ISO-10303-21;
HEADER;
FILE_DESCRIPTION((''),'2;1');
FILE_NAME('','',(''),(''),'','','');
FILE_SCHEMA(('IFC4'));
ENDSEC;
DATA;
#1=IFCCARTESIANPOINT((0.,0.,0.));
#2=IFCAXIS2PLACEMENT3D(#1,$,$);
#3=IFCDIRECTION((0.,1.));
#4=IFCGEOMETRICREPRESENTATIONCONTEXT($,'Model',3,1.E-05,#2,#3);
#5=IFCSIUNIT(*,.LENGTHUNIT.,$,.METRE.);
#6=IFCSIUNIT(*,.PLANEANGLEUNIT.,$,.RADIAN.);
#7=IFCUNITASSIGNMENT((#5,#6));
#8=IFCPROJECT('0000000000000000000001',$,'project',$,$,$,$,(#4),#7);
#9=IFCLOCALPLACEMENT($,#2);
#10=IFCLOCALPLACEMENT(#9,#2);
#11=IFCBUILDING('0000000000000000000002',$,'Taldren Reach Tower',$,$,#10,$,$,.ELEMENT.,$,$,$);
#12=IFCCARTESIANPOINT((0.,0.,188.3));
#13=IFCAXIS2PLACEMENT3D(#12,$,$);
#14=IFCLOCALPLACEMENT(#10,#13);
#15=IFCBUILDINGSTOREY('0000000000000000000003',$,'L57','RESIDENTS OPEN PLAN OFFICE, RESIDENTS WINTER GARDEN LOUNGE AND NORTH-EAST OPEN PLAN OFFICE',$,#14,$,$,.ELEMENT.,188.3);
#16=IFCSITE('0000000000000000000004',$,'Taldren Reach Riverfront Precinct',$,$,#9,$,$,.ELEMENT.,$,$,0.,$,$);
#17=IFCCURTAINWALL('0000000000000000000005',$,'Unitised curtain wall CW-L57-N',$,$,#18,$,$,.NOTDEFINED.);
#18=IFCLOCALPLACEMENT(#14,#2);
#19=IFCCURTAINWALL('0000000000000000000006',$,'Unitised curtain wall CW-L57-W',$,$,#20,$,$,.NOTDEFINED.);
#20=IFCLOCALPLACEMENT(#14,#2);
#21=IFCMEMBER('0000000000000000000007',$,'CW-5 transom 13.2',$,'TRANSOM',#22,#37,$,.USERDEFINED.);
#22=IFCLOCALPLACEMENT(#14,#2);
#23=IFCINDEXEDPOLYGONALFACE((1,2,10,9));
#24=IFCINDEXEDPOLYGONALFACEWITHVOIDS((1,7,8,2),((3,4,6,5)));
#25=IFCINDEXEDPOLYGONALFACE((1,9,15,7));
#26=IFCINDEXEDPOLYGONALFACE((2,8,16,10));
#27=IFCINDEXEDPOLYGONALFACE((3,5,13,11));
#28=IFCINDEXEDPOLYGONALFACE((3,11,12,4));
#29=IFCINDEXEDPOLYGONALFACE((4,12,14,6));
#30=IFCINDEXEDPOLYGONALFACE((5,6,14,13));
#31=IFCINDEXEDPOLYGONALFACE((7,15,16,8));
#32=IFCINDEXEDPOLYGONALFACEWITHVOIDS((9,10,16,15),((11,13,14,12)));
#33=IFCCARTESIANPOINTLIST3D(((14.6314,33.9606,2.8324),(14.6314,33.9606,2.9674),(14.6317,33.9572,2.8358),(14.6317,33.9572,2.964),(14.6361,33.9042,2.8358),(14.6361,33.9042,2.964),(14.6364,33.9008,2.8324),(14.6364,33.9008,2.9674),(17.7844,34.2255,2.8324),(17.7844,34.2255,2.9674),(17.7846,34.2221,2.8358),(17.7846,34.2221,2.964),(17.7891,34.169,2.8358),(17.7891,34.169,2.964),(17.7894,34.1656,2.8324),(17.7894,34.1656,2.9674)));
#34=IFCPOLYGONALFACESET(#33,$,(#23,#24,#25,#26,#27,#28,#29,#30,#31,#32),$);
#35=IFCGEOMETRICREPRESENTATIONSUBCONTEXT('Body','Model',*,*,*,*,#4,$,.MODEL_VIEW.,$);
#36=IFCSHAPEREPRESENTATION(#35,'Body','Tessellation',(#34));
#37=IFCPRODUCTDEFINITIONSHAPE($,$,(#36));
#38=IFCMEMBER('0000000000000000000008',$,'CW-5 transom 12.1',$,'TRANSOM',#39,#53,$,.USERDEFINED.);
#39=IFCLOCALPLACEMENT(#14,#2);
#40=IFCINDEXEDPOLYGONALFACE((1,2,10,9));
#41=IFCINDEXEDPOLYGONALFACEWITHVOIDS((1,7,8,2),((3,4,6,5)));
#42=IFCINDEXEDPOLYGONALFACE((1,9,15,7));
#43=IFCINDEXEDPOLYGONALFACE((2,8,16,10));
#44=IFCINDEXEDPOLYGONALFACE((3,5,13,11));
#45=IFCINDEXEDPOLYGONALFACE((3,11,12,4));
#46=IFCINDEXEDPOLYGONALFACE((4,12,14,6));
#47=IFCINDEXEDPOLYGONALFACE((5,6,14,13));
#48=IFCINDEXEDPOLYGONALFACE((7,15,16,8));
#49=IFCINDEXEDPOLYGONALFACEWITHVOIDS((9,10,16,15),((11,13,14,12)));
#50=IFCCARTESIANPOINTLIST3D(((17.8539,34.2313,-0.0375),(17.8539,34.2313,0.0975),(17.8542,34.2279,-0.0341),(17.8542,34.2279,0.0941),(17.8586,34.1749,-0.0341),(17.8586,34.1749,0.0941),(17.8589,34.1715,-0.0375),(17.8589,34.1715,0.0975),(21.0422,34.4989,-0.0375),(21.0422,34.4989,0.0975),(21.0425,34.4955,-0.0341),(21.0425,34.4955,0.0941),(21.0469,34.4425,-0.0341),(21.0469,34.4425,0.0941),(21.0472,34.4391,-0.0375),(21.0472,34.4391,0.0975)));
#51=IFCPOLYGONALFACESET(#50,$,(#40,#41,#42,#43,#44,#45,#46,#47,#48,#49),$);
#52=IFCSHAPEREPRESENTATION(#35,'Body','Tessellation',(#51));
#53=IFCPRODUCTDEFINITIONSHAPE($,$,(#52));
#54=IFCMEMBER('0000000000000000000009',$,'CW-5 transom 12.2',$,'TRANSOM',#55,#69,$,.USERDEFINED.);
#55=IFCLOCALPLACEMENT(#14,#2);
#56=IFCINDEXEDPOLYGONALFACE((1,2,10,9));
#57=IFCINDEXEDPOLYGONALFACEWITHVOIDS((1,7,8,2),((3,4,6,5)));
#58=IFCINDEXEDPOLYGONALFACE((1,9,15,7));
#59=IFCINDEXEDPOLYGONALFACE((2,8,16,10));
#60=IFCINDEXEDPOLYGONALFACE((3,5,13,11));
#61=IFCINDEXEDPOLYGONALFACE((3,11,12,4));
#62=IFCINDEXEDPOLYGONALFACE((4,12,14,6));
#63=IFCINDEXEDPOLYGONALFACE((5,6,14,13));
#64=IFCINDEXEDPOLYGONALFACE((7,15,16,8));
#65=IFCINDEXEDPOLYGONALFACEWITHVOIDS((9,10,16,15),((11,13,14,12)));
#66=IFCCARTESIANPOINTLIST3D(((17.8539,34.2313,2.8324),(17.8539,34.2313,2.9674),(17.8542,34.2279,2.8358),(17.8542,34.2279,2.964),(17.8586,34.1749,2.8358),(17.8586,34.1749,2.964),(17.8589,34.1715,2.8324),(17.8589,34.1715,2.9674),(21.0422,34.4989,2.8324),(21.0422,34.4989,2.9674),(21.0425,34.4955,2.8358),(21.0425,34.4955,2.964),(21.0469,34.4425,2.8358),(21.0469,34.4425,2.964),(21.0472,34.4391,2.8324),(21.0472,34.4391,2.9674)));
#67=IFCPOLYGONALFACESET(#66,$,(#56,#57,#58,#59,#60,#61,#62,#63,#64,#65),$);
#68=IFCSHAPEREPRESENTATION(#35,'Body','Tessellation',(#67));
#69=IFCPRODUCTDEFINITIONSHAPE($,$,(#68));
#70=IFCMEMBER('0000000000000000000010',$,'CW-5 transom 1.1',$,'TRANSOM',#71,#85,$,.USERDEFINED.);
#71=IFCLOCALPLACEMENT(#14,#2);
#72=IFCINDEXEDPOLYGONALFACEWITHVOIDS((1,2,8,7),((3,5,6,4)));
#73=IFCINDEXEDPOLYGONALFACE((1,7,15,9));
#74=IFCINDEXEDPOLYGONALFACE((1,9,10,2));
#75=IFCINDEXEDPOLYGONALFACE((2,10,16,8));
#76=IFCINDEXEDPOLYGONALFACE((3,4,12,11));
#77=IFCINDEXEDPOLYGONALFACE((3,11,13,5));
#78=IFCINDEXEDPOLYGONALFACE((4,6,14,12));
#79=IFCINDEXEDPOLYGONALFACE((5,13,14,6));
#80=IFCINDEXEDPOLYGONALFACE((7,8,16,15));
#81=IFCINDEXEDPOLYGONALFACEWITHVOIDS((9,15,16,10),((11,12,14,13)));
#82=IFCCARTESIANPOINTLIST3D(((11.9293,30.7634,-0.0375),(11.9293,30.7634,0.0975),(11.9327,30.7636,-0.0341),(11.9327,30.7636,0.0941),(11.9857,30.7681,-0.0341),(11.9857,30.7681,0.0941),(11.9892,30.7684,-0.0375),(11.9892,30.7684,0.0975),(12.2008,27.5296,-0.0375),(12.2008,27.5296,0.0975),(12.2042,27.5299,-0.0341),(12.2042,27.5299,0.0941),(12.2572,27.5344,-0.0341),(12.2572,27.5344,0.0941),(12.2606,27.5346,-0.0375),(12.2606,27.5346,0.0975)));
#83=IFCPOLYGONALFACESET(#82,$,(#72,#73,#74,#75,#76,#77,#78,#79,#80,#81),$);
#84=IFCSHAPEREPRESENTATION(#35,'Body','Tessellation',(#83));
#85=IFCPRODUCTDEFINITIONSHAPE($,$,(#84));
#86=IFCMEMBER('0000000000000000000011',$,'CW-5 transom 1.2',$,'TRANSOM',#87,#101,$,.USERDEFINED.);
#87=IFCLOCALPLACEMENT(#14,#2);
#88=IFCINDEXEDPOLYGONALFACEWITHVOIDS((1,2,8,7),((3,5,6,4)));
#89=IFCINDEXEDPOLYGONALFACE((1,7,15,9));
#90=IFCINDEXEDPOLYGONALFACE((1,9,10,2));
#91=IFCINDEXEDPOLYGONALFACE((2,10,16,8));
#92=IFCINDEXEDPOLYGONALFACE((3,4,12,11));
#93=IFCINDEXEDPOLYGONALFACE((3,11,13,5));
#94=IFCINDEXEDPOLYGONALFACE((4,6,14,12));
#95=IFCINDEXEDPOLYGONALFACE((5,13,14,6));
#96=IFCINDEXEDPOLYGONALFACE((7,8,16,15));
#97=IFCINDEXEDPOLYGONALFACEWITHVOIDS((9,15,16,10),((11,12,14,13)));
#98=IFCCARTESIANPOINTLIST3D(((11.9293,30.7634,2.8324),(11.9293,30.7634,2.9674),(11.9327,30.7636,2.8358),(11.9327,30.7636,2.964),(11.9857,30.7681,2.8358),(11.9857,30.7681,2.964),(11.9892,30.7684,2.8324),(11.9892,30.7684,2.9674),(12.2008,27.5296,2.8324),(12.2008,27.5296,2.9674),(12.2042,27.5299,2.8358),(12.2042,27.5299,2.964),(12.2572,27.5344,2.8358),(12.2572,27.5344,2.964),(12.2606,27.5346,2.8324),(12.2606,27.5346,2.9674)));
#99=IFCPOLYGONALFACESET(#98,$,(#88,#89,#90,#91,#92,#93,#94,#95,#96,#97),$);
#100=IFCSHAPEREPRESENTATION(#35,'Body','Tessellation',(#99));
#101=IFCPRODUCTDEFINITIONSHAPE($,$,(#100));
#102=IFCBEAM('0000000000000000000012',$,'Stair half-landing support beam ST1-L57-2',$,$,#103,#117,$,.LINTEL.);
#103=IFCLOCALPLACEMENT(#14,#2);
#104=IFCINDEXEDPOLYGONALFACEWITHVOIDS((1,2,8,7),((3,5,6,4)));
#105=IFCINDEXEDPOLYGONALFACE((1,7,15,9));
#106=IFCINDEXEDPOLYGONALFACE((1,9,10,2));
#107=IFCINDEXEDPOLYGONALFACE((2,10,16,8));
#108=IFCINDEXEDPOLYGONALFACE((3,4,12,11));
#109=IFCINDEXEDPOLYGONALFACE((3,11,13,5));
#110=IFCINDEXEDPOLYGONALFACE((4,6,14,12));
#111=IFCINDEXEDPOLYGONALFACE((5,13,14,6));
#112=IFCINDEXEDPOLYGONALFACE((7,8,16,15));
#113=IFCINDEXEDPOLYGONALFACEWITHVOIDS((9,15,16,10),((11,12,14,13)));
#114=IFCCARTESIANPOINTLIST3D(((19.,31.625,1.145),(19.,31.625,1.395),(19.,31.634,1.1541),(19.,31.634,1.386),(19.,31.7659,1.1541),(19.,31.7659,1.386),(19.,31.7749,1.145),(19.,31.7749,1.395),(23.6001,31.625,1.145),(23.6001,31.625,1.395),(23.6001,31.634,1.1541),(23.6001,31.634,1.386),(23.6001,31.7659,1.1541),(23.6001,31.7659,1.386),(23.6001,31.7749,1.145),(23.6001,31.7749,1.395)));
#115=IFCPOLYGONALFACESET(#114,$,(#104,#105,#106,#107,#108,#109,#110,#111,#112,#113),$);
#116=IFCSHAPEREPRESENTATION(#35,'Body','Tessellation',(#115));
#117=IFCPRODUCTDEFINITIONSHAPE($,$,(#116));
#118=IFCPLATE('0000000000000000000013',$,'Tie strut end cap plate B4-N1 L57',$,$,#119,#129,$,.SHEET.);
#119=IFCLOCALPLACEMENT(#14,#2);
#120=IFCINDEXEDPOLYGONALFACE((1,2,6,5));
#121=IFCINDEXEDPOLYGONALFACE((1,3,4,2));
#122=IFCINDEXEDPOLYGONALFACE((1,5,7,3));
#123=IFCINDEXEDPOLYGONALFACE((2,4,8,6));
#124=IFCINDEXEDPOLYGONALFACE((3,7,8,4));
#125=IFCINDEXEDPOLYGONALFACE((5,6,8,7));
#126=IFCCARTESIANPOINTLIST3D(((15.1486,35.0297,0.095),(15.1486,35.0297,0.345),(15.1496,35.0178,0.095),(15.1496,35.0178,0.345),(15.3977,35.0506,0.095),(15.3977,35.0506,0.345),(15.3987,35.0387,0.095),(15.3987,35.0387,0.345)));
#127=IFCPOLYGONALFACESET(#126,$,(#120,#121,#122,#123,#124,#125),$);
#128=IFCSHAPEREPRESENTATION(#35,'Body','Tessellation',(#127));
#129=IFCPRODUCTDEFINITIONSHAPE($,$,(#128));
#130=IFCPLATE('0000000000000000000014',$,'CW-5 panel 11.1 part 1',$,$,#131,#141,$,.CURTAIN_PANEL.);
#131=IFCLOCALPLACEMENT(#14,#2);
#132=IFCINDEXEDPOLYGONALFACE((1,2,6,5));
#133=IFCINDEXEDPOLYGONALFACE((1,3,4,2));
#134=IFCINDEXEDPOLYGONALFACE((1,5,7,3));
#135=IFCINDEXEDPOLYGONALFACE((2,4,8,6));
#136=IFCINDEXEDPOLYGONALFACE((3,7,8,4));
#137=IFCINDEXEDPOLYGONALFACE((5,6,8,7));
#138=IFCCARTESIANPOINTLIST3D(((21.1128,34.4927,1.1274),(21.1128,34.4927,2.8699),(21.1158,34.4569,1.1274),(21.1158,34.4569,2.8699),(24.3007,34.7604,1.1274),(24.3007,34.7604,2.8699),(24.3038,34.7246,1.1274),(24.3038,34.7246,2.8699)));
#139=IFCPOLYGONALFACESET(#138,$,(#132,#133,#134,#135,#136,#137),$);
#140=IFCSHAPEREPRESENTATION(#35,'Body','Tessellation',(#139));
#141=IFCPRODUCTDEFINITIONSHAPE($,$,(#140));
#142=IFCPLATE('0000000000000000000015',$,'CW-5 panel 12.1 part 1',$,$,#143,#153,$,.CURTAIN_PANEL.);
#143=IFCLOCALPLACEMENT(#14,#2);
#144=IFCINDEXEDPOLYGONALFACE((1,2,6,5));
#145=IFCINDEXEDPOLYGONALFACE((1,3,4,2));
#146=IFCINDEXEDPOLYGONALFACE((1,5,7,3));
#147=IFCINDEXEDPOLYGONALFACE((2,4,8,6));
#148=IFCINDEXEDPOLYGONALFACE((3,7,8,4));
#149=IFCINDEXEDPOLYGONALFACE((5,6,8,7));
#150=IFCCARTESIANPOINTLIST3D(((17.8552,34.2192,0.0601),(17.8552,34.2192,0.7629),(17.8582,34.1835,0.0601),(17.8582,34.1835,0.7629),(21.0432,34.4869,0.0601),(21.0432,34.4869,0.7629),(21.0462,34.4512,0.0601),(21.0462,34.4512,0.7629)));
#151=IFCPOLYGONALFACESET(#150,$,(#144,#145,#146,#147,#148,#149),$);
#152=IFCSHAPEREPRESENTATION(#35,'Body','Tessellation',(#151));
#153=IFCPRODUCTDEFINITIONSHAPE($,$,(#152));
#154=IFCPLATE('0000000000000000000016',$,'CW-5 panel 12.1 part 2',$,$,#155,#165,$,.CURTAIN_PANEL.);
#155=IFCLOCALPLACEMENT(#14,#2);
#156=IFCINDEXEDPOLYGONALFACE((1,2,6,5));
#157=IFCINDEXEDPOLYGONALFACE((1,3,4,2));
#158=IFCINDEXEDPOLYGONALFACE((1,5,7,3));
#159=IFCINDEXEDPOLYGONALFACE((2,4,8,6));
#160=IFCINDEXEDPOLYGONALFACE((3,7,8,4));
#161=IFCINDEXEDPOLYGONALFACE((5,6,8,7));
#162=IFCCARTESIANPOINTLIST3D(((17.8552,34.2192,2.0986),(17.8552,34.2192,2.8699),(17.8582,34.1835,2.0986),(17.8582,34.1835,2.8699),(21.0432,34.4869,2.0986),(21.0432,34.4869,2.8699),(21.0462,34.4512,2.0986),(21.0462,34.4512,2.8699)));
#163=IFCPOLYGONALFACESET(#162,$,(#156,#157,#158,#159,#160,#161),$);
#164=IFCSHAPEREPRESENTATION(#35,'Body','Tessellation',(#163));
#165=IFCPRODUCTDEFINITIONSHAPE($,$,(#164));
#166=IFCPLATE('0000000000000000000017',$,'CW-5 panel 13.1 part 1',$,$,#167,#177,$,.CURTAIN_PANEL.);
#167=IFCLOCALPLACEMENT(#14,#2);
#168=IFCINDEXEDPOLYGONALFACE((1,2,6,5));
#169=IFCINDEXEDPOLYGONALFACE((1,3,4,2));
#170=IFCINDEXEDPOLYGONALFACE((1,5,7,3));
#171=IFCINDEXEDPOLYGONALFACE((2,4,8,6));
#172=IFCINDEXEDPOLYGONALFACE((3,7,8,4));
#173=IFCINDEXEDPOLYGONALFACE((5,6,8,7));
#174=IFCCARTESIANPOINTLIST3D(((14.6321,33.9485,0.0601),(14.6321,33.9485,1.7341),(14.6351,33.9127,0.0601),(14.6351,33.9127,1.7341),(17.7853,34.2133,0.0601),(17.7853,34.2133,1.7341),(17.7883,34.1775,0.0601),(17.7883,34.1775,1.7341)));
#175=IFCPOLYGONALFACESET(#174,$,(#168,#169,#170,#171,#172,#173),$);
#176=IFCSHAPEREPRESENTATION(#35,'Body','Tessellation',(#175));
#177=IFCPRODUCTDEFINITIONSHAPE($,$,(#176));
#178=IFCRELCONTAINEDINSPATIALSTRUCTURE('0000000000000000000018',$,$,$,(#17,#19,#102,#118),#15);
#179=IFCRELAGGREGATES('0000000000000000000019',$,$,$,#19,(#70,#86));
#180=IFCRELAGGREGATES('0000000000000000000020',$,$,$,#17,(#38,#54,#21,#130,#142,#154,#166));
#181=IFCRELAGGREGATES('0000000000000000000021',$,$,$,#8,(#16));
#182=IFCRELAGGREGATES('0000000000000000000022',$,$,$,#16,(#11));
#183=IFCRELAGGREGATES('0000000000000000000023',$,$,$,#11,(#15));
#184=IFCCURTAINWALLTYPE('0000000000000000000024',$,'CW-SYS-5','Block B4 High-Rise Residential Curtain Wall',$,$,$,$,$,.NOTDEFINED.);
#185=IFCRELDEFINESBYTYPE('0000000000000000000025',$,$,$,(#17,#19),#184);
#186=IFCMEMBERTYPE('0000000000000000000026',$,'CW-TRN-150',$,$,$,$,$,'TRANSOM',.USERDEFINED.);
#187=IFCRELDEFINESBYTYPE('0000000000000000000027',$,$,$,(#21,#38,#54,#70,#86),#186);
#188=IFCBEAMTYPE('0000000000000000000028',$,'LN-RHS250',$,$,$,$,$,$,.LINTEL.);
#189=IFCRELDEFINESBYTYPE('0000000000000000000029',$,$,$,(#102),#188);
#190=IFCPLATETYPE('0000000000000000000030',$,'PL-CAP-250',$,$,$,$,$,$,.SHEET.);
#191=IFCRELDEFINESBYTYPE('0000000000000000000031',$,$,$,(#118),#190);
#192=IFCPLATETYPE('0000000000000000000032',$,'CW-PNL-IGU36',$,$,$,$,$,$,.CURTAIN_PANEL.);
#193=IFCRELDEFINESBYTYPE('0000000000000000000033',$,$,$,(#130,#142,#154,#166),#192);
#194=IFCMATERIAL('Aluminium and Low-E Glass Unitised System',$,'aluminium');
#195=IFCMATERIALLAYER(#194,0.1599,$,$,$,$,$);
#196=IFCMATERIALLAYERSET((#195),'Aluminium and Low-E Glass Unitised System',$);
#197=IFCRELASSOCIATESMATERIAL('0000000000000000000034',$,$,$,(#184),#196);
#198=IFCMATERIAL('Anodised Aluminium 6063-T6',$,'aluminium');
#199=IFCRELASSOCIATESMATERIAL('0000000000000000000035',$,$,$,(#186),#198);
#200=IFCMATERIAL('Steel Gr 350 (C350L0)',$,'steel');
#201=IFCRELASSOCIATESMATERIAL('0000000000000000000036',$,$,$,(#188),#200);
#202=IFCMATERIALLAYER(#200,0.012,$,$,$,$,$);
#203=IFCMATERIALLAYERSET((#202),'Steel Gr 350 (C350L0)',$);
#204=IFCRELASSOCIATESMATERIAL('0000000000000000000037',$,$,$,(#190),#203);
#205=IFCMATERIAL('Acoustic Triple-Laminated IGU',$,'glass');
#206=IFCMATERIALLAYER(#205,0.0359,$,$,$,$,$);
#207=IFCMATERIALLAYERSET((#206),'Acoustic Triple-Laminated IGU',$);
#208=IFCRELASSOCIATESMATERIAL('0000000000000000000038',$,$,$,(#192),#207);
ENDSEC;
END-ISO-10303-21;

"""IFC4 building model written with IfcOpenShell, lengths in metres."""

from ifc_helpers import new_model, si_unit, direction, frame, origin, origin_2d, place, context, subcontext, project, spatial, rectangle, hollow_rectangle, extrude, source, transform, mapped, material, layer, layer_set, material_profile, profile_set, type_object, element, aggregate, save


model = new_model("IFC4")

# Units and contexts
model_context = context("Model", 3, precision=1e-05, world=origin(), true_north=direction((0.0, 1.0)))
body_context = subcontext(model_context, "Body", "Model", "MODEL_VIEW")
ifc_project = project(units=[si_unit("LENGTHUNIT", "METRE"), si_unit("PLANEANGLEUNIT", "RADIAN")], contexts=[model_context])

# Site, building, storey
site_placement = place(None, origin())
site = spatial("IfcSite", under=ifc_project, at=site_placement, Name="Taldren Reach Riverfront Precinct", CompositionType="ELEMENT", RefElevation=0.0)
building_placement = place(site_placement, origin())
building = spatial("IfcBuilding", under=site, at=building_placement, Name="Taldren Reach Tower", CompositionType="ELEMENT")
storey_placement = place(building_placement, frame((0.0, 0.0, 188.3)))
storey = spatial("IfcBuildingStorey", under=building, at=storey_placement, Name="L57", Description="RESIDENTS OPEN PLAN OFFICE, RESIDENTS WINTER GARDEN LOUNGE AND NORTH-EAST OPEN PLAN OFFICE", CompositionType="ELEMENT", Elevation=188.3)

# Shared definitions
ifc_material_1 = material(Name="Steel Gr 350 (C350L0)", Category="steel")

# Curtain wall
ifc_material_2 = material(Name="Aluminium and Low-E Glass Unitised System", Category="aluminium")
ifc_layer_1 = layer(ifc_material_2, 0.1599)
ifc_layer_set_1 = layer_set([ifc_layer_1], Name="Aluminium and Low-E Glass Unitised System")
curtain_wall_type = type_object("IfcCurtainWallType", Name="CW-SYS-5", Description="Block B4 High-Rise Residential Curtain Wall", PredefinedType="NOTDEFINED", material=ifc_layer_set_1)
curtain_wall_1_placement = place(storey_placement, origin())
curtain_wall_1 = element("IfcCurtainWall", 1, at=curtain_wall_1_placement, inside=storey, type_object=curtain_wall_type, Name="Unitised curtain wall CW-L57-N", PredefinedType="NOTDEFINED")
ifc_material_3 = material(Name="Anodised Aluminium 6063-T6", Category="aluminium")

# Curtain wall
curtain_wall_2_placement = place(storey_placement, origin())
curtain_wall_2 = element("IfcCurtainWall", 2, at=curtain_wall_2_placement, inside=storey, type_object=curtain_wall_type, Name="Unitised curtain wall CW-L57-W", PredefinedType="NOTDEFINED")

# Members
ifc_material_profile_1 = material_profile(ifc_material_3, hollow_rectangle(XDim=0.0601, YDim=0.135, WallThickness=0.0034, at=origin_2d()), Name="ALU-135x60x3.5RHS")
ifc_profile_set_1 = profile_set([ifc_material_profile_1], Name="Anodised Aluminium 6063-T6")
member_type_1 = type_object("IfcMemberType", Name="CW-TRN-150", ElementType="TRANSOM", PredefinedType="USERDEFINED", material=ifc_profile_set_1)
shared_shape_1 = source(origin(), body_context, "Body", "SweptSolid", [
    extrude(hollow_rectangle(XDim=0.0601, YDim=0.135, WallThickness=0.0034, at=origin_2d()), origin(), (0.0, 0.0, 1.0), 3.1641),
])
member_1_placement = place(storey_placement, frame((17.7869, 34.1956, 2.8999), z_axis=(-0.99649, -0.083716, 0.0), x_axis=(0.083716, -0.99649, 0.0)))
member_1 = element("IfcMember", 3, at=member_1_placement, type_object=member_type_1, Name="CW-5 transom 13.2", ObjectType="TRANSOM", PredefinedType="USERDEFINED", context=body_context, shape_type="MappedRepresentation", body=[
    mapped(shared_shape_1, transform((0.0, 0.0, 0.0), scale=1.0)),
])
shared_shape_2 = source(origin(), body_context, "Body", "SweptSolid", [
    extrude(hollow_rectangle(XDim=0.0601, YDim=0.135, WallThickness=0.0034, at=origin_2d()), origin(), (0.0, 0.0, 1.0), 3.1995),
])
member_2_placement = place(storey_placement, frame((21.0447, 34.469, 0.03), z_axis=(-0.996497, -0.083633, 0.0), x_axis=(0.083633, -0.996497, 0.0)))
member_2 = element("IfcMember", 4, at=member_2_placement, type_object=member_type_1, Name="CW-5 transom 12.1", ObjectType="TRANSOM", PredefinedType="USERDEFINED", context=body_context, shape_type="MappedRepresentation", body=[
    mapped(shared_shape_2, transform((0.0, 0.0, 0.0), scale=1.0)),
])
member_3_placement = place(storey_placement, frame((21.0447, 34.469, 2.8999), z_axis=(-0.996497, -0.083633, 0.0), x_axis=(0.083633, -0.996497, 0.0)))
member_3 = element("IfcMember", 5, at=member_3_placement, type_object=member_type_1, Name="CW-5 transom 12.2", ObjectType="TRANSOM", PredefinedType="USERDEFINED", context=body_context, shape_type="MappedRepresentation", body=[
    mapped(shared_shape_2, transform((0.0, 0.0, 0.0), scale=1.0)),
])
shared_shape_3 = source(origin(), body_context, "Body", "SweptSolid", [
    extrude(hollow_rectangle(XDim=0.0601, YDim=0.135, WallThickness=0.0034, at=origin_2d()), origin(), (0.0, 0.0, 1.0), 3.2451),
])
member_4_placement = place(storey_placement, frame((11.9592, 30.7659, 0.03), z_axis=(0.083662, -0.996494, 0.0), x_axis=(0.996494, 0.083662, 0.0)))
member_4 = element("IfcMember", 6, at=member_4_placement, type_object=member_type_1, Name="CW-5 transom 1.1", ObjectType="TRANSOM", PredefinedType="USERDEFINED", context=body_context, shape_type="MappedRepresentation", body=[
    mapped(shared_shape_3, transform((0.0, 0.0, 0.0), scale=1.0)),
])
member_5_placement = place(storey_placement, frame((11.9592, 30.7659, 2.8999), z_axis=(0.083662, -0.996494, 0.0), x_axis=(0.996494, 0.083662, 0.0)))
member_5 = element("IfcMember", 7, at=member_5_placement, type_object=member_type_1, Name="CW-5 transom 1.2", ObjectType="TRANSOM", PredefinedType="USERDEFINED", context=body_context, shape_type="MappedRepresentation", body=[
    mapped(shared_shape_3, transform((0.0, 0.0, 0.0), scale=1.0)),
])
aggregate(curtain_wall_2, [member_4, member_5])

# Beam
ifc_material_profile_2 = material_profile(ifc_material_1, hollow_rectangle(XDim=0.1499, YDim=0.25, WallThickness=0.009, at=origin_2d()), Name="250x150x9.0RHS")
ifc_profile_set_2 = profile_set([ifc_material_profile_2], Name="Steel Gr 350 (C350L0)")
beam_type_1 = type_object("IfcBeamType", Name="LN-RHS250", PredefinedType="LINTEL", material=ifc_profile_set_2)
shared_shape_4 = source(origin(), body_context, "Body", "SweptSolid", [
    extrude(hollow_rectangle(XDim=0.1499, YDim=0.25, WallThickness=0.009, at=origin_2d()), origin(), (0.0, 0.0, 1.0), 4.6001),
])
beam_1_placement = place(storey_placement, frame((19.0, 31.7, 1.27), z_axis=(1.0, 0.0, 0.0), x_axis=(0.0, 1.0, 0.0)))
element("IfcBeam", 8, at=beam_1_placement, inside=storey, type_object=beam_type_1, Name="Stair half-landing support beam ST1-L57-2", PredefinedType="LINTEL", context=body_context, shape_type="MappedRepresentation", body=[
    mapped(shared_shape_4, transform((0.0, 0.0, 0.0), scale=1.0)),
])

# Plates
ifc_layer_2 = layer(ifc_material_1, 0.012)
ifc_layer_set_2 = layer_set([ifc_layer_2], Name="Steel Gr 350 (C350L0)")
plate_type_1 = type_object("IfcPlateType", Name="PL-CAP-250", PredefinedType="SHEET", material=ifc_layer_set_2)
shared_shape_5 = source(origin(), body_context, "Body", "SweptSolid", [
    extrude(rectangle(XDim=0.25, YDim=0.012, at=origin_2d()), origin(), (0.0, 0.0, 1.0), 0.25),
])
plate_1_placement = place(storey_placement, frame((15.2737, 35.0342, 0.095), z_axis=(0.0, 0.0, 1.0), x_axis=(0.996493, 0.083678, 0.0)))
element("IfcPlate", 9, at=plate_1_placement, inside=storey, type_object=plate_type_1, Name="Tie strut end cap plate B4-N1 L57", PredefinedType="SHEET", context=body_context, shape_type="MappedRepresentation", body=[
    mapped(shared_shape_5, transform((0.0, 0.0, 0.0), scale=1.0)),
])
ifc_material_4 = material(Name="Acoustic Triple-Laminated IGU", Category="glass")
ifc_layer_3 = layer(ifc_material_4, 0.0359)
ifc_layer_set_3 = layer_set([ifc_layer_3], Name="Acoustic Triple-Laminated IGU")
plate_type_2 = type_object("IfcPlateType", Name="CW-PNL-IGU36", PredefinedType="CURTAIN_PANEL", material=ifc_layer_set_3)
shared_shape_6 = source(origin(), body_context, "Body", "SweptSolid", [
    extrude(rectangle(XDim=3.1992, YDim=0.0359, at=origin_2d()), origin(), (0.0, 0.0, 1.0), 1.7424),
])
plate_2_placement = place(storey_placement, frame((22.7083, 34.6086, 1.1274), z_axis=(0.0, 0.0, 1.0), x_axis=(-0.996493, -0.083678, 0.0)))
plate_2 = element("IfcPlate", 10, at=plate_2_placement, type_object=plate_type_2, Name="CW-5 panel 11.1 part 1", PredefinedType="CURTAIN_PANEL", context=body_context, shape_type="MappedRepresentation", body=[
    mapped(shared_shape_6, transform((0.0, 0.0, 0.0), scale=1.0)),
])
shared_shape_7 = source(origin(), body_context, "Body", "SweptSolid", [
    extrude(rectangle(XDim=3.1992, YDim=0.0359, at=origin_2d()), origin(), (0.0, 0.0, 1.0), 0.7029),
])
plate_3_placement = place(storey_placement, frame((19.4507, 34.3352, 0.0601), z_axis=(0.0, 0.0, 1.0), x_axis=(-0.996493, -0.083678, 0.0)))
plate_3 = element("IfcPlate", 11, at=plate_3_placement, type_object=plate_type_2, Name="CW-5 panel 12.1 part 1", PredefinedType="CURTAIN_PANEL", context=body_context, shape_type="MappedRepresentation", body=[
    mapped(shared_shape_7, transform((0.0, 0.0, 0.0), scale=1.0)),
])
shared_shape_8 = source(origin(), body_context, "Body", "SweptSolid", [
    extrude(rectangle(XDim=3.1992, YDim=0.0359, at=origin_2d()), origin(), (0.0, 0.0, 1.0), 0.7712),
])
plate_4_placement = place(storey_placement, frame((19.4507, 34.3352, 2.0986), z_axis=(0.0, 0.0, 1.0), x_axis=(-0.996493, -0.083678, 0.0)))
plate_4 = element("IfcPlate", 12, at=plate_4_placement, type_object=plate_type_2, Name="CW-5 panel 12.1 part 2", PredefinedType="CURTAIN_PANEL", context=body_context, shape_type="MappedRepresentation", body=[
    mapped(shared_shape_8, transform((0.0, 0.0, 0.0), scale=1.0)),
])
shared_shape_9 = source(origin(), body_context, "Body", "SweptSolid", [
    extrude(rectangle(XDim=3.1643, YDim=0.0359, at=origin_2d()), origin(), (0.0, 0.0, 1.0), 1.6741),
])
plate_5_placement = place(storey_placement, frame((16.2102, 34.063, 0.0601), z_axis=(0.0, 0.0, 1.0), x_axis=(-0.996493, -0.083678, 0.0)))
plate_5 = element("IfcPlate", 13, at=plate_5_placement, type_object=plate_type_2, Name="CW-5 panel 13.1 part 1", PredefinedType="CURTAIN_PANEL", context=body_context, shape_type="MappedRepresentation", body=[
    mapped(shared_shape_9, transform((0.0, 0.0, 0.0), scale=1.0)),
])
aggregate(curtain_wall_1, [member_2, member_3, member_1, plate_2, plate_3, plate_4, plate_5])

save(model, "model.ifc")
